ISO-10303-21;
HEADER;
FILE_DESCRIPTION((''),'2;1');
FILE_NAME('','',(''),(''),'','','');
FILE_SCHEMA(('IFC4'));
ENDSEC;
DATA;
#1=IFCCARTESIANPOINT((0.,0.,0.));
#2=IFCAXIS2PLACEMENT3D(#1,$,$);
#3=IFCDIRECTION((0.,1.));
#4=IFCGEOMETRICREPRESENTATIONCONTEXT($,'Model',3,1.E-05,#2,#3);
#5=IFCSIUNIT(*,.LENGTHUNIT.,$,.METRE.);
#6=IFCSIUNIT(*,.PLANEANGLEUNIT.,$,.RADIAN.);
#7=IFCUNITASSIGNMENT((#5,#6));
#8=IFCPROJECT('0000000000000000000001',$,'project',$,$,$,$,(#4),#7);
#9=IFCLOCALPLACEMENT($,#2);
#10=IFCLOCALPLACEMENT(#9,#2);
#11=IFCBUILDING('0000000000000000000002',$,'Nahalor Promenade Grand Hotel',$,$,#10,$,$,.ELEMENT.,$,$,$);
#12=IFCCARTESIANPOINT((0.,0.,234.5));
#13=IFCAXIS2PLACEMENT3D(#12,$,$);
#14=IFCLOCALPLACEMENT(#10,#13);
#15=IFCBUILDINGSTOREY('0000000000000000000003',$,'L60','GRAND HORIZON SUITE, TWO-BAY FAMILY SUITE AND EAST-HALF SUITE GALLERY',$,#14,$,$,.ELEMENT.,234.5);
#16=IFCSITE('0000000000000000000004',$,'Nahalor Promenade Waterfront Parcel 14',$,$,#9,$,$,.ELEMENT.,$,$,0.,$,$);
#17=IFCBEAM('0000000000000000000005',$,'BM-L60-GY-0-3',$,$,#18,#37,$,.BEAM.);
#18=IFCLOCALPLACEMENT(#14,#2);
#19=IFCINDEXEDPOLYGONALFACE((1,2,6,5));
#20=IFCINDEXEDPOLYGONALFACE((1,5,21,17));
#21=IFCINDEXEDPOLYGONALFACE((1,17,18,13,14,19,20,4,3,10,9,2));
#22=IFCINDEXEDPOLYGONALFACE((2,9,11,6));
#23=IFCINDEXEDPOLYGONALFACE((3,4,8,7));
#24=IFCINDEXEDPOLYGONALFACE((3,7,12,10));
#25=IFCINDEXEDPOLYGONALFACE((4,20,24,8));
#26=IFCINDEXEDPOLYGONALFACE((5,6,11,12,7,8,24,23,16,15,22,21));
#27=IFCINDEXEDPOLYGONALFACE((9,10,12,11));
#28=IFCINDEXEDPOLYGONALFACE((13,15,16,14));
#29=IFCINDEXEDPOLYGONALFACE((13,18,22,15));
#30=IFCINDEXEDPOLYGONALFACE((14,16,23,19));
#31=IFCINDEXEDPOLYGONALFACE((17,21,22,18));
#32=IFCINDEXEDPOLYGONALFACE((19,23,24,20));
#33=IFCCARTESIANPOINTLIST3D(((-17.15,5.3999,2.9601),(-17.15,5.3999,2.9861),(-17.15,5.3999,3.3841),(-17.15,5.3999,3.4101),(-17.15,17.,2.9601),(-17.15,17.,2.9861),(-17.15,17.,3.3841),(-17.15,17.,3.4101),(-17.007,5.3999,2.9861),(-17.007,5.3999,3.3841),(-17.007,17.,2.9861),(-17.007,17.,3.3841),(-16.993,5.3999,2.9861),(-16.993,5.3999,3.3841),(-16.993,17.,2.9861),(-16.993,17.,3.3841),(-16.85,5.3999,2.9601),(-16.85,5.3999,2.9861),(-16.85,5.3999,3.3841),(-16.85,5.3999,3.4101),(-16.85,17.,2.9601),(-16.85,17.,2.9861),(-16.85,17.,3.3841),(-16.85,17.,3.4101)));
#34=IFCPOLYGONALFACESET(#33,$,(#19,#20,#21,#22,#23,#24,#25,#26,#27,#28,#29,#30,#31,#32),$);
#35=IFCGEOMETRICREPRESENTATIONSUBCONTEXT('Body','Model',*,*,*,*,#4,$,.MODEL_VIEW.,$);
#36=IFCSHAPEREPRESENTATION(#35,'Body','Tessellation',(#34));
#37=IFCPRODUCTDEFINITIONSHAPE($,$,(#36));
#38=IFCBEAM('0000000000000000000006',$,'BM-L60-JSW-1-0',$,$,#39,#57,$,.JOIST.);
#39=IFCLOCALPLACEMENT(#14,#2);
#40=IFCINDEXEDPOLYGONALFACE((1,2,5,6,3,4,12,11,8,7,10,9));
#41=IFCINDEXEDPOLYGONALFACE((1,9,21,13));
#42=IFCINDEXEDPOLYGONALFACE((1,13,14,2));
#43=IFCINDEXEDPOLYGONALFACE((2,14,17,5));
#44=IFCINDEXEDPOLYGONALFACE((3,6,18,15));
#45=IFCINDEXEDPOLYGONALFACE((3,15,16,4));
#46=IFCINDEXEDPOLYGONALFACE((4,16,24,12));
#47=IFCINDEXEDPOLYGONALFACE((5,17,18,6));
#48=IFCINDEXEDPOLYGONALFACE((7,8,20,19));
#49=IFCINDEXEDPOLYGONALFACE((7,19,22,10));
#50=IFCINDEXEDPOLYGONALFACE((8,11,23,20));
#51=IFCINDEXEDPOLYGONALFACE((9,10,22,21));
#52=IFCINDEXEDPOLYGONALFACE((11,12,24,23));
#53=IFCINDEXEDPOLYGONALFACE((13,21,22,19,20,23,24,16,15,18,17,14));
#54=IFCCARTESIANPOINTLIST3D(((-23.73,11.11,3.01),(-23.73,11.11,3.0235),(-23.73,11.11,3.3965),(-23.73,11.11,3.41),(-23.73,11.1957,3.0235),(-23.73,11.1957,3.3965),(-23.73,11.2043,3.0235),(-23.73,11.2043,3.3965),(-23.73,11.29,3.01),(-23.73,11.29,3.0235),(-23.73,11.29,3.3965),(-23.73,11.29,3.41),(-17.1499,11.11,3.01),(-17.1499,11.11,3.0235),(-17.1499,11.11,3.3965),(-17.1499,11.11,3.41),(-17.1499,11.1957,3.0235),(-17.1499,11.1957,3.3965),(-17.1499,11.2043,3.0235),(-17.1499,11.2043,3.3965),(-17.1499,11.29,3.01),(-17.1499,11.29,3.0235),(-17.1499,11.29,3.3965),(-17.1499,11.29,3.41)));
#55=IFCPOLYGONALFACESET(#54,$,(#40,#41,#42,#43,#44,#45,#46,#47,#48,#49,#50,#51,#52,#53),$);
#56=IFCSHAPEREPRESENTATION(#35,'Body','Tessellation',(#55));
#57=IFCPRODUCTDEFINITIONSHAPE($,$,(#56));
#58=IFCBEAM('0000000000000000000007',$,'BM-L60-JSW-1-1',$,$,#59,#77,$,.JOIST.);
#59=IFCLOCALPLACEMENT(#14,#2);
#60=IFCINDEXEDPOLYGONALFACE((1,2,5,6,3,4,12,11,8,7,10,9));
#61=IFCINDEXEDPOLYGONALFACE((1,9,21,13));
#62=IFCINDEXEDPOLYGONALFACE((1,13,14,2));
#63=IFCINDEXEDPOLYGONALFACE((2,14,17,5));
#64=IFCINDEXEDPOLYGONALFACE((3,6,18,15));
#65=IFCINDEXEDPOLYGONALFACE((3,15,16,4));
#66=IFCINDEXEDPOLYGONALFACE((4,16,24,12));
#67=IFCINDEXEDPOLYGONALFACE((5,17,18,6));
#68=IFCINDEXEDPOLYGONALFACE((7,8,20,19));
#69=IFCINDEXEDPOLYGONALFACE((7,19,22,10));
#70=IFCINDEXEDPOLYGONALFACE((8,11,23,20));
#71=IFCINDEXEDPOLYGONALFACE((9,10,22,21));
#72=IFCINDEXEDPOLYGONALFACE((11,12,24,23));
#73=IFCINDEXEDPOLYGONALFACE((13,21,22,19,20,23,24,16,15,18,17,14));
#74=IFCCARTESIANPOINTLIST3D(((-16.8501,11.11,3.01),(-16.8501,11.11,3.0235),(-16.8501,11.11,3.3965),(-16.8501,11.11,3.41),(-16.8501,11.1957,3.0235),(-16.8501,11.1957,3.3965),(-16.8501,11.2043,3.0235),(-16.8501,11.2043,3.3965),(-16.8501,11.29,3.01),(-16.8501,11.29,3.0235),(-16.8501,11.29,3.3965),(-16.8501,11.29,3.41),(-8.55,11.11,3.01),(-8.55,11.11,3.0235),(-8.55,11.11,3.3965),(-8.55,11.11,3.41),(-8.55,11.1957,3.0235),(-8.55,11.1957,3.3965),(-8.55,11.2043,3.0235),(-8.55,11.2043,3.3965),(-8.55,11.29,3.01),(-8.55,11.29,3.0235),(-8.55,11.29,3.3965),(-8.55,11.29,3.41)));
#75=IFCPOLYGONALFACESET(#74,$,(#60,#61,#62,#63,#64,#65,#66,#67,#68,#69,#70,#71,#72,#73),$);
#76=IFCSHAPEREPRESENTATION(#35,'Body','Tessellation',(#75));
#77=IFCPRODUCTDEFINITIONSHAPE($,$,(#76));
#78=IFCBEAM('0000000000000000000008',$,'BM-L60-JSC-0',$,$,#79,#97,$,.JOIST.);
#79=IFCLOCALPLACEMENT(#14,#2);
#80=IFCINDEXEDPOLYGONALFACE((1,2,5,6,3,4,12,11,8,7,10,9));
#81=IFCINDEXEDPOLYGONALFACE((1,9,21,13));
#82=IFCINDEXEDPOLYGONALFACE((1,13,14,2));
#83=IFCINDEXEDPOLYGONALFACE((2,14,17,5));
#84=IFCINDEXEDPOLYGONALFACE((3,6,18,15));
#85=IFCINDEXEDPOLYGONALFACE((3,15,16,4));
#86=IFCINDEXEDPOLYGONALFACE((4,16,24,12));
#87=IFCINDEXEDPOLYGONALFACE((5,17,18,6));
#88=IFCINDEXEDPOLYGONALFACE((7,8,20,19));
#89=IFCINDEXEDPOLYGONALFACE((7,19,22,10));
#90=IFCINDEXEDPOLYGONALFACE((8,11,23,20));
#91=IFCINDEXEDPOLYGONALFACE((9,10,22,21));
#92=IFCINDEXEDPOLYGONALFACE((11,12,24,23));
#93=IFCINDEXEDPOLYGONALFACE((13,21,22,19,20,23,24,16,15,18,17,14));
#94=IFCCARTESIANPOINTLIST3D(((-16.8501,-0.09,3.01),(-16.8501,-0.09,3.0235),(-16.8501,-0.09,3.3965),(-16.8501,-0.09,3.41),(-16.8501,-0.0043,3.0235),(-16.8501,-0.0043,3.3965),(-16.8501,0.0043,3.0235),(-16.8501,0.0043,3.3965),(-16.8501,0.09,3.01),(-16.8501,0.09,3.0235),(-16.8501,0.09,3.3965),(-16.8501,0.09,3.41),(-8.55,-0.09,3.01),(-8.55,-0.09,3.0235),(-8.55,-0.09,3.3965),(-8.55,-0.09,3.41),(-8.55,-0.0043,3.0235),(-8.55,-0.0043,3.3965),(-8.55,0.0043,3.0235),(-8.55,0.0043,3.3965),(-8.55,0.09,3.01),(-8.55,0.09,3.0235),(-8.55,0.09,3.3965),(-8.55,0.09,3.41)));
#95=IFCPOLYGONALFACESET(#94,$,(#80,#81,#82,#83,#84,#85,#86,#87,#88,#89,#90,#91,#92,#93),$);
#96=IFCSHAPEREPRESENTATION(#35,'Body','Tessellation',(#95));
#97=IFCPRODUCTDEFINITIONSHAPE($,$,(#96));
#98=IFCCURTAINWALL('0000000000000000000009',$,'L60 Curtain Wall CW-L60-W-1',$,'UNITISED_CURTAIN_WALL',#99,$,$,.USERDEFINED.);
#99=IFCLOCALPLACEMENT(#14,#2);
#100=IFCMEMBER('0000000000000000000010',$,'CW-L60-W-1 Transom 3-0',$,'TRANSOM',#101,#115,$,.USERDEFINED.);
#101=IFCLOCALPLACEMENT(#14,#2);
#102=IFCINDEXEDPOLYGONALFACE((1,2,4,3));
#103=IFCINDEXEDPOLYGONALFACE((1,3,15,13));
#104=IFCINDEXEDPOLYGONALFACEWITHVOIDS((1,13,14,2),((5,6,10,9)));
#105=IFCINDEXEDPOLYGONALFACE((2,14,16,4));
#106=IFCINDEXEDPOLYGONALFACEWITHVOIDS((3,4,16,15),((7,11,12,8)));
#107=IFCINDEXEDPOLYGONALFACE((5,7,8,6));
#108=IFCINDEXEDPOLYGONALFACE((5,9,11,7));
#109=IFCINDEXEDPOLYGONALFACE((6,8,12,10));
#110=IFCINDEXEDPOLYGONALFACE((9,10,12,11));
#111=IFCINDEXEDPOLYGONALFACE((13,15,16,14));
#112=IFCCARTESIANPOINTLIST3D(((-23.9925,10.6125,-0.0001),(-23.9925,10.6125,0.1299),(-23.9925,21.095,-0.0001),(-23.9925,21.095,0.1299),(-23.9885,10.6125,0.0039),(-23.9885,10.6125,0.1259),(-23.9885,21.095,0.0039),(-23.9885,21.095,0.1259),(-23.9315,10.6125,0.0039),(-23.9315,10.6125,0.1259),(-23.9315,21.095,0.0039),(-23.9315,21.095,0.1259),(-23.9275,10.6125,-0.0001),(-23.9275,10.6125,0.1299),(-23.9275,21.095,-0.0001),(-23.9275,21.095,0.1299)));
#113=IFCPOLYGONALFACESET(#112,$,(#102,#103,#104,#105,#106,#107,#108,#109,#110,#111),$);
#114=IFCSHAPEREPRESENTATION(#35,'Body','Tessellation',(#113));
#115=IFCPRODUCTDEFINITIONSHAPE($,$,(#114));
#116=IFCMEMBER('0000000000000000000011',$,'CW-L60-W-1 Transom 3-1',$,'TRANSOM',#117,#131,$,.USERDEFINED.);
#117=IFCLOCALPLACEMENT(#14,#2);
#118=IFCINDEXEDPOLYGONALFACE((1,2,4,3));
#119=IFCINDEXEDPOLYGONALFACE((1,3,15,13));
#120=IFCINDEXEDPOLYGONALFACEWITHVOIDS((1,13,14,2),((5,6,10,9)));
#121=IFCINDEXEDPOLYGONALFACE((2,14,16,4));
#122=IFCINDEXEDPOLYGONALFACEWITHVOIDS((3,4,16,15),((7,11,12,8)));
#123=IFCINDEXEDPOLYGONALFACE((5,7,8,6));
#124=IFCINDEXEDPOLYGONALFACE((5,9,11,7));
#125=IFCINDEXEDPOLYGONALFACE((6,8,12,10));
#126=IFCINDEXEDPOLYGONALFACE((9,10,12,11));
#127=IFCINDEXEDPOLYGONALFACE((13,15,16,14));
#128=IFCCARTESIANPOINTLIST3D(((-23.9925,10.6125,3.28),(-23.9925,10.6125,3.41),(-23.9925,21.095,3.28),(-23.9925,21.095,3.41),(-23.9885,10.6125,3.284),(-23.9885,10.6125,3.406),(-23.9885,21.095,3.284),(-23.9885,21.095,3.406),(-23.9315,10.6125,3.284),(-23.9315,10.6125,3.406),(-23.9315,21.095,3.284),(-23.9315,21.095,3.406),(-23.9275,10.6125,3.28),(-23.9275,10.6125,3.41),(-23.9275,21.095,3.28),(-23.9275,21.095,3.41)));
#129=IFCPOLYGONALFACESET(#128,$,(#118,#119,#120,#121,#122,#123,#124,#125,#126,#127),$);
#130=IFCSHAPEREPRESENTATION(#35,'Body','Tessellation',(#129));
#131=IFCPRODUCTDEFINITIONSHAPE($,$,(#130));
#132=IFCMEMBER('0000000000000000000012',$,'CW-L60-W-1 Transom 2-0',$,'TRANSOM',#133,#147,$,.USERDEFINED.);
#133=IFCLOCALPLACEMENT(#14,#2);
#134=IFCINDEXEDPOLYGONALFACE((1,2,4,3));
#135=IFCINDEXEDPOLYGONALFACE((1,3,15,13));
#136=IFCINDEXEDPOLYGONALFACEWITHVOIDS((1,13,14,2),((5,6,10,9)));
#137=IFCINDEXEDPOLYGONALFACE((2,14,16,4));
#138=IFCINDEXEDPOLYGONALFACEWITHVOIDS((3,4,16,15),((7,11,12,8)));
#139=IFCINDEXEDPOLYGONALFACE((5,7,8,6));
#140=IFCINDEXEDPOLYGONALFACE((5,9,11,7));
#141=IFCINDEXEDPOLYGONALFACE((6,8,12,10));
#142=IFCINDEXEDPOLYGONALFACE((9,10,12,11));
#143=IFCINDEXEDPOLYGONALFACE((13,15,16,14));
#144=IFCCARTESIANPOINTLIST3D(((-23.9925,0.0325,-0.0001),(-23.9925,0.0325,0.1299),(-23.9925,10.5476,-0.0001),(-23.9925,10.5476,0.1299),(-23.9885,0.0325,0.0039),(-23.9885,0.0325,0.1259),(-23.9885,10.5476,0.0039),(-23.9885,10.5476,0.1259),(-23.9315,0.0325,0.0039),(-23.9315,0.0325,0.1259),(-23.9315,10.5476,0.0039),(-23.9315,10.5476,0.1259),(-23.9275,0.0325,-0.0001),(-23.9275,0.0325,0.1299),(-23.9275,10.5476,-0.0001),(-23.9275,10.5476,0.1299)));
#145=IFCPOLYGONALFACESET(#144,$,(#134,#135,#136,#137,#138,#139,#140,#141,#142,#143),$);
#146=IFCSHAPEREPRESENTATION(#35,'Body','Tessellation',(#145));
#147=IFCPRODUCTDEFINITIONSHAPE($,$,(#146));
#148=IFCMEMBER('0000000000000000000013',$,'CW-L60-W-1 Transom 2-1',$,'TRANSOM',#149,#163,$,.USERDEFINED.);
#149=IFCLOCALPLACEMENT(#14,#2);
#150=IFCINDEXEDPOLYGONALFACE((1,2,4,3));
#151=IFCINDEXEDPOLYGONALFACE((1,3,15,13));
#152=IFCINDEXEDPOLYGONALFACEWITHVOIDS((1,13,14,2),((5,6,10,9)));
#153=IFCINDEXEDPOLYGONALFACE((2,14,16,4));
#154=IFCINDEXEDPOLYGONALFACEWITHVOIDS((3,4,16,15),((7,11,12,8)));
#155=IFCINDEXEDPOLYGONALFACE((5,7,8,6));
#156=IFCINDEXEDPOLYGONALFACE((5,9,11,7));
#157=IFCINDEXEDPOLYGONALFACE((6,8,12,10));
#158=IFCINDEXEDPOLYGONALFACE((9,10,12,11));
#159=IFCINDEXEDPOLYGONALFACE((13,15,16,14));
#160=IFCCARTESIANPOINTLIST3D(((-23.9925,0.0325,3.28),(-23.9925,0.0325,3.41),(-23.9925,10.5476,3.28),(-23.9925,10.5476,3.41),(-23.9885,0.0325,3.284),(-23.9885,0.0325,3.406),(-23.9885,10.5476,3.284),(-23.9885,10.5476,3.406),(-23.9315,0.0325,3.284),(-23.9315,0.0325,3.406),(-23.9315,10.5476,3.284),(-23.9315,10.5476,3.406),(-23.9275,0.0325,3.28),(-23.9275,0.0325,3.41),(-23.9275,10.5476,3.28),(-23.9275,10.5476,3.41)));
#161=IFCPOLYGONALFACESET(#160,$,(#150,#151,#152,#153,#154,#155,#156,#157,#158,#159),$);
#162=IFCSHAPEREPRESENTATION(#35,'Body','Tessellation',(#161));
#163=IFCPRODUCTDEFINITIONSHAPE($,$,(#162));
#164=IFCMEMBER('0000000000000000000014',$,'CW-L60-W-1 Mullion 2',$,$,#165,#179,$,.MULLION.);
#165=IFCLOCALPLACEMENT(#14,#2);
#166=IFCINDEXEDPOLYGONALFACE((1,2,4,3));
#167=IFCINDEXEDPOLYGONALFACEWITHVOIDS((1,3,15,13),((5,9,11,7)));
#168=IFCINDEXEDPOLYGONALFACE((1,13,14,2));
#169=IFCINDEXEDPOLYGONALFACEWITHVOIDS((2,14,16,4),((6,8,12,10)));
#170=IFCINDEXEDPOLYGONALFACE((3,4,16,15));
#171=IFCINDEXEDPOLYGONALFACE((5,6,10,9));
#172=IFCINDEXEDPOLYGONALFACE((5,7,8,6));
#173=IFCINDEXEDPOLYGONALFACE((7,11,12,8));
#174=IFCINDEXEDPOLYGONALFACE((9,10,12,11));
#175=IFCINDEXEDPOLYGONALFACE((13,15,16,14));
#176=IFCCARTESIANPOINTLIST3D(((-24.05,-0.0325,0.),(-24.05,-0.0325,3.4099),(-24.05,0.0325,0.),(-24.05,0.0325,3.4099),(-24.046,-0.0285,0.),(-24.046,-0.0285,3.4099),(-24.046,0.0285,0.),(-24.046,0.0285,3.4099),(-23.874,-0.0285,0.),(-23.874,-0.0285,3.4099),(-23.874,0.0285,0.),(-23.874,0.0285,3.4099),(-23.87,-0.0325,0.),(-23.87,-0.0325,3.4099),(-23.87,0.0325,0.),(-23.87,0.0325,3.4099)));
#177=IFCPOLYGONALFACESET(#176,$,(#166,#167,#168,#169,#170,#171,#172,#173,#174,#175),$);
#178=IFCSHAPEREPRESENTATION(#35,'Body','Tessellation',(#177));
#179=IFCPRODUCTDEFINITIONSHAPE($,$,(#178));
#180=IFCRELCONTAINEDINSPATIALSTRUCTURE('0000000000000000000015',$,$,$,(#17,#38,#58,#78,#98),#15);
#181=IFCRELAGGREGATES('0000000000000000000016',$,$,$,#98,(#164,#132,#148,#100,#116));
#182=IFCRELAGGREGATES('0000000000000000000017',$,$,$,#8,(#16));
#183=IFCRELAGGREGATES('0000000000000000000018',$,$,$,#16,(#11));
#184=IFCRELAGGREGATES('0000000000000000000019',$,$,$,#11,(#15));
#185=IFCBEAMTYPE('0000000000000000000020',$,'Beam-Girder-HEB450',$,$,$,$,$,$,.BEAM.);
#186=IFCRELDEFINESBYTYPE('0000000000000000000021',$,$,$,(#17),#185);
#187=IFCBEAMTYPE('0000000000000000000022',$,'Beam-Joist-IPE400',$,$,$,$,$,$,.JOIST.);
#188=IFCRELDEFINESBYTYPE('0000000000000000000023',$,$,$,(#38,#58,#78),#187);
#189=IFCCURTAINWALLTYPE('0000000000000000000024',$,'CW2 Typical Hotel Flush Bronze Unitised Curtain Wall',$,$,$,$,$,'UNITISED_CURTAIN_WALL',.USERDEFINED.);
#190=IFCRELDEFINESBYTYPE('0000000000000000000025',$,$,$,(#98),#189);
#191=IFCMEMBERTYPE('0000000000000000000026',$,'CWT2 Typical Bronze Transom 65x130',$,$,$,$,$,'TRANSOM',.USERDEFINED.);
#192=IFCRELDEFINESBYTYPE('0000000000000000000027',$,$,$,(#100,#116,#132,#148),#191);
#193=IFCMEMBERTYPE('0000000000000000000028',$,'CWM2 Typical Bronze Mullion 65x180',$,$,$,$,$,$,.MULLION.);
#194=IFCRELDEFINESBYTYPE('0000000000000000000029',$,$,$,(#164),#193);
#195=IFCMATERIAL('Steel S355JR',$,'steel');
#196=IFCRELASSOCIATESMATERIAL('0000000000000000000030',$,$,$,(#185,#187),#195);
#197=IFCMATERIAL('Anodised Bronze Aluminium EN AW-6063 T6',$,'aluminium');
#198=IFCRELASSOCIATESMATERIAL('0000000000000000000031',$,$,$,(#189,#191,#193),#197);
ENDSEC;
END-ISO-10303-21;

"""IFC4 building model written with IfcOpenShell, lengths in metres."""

from ifc_helpers import new_model, si_unit, direction, frame, origin, origin_2d, place, context, subcontext, project, spatial, hollow_rectangle, i_section, extrude, source, transform, mapped, material, material_profile, profile_set, type_object, element, aggregate, save


model = new_model("IFC4")

# Units and contexts
model_context = context("Model", 3, precision=1e-05, world=origin(), true_north=direction((0.0, 1.0)))
body_context = subcontext(model_context, "Body", "Model", "MODEL_VIEW")
ifc_project = project(units=[si_unit("LENGTHUNIT", "METRE"), si_unit("PLANEANGLEUNIT", "RADIAN")], contexts=[model_context])

# Site, building, storey
site_placement = place(None, origin())
site = spatial("IfcSite", under=ifc_project, at=site_placement, Name="Nahalor Promenade Waterfront Parcel 14", CompositionType="ELEMENT", RefElevation=0.0)
building_placement = place(site_placement, origin())
building = spatial("IfcBuilding", under=site, at=building_placement, Name="Nahalor Promenade Grand Hotel", CompositionType="ELEMENT")
storey_placement = place(building_placement, frame((0.0, 0.0, 234.5)))
storey = spatial("IfcBuildingStorey", under=building, at=storey_placement, Name="L60", Description="GRAND HORIZON SUITE, TWO-BAY FAMILY SUITE AND EAST-HALF SUITE GALLERY", CompositionType="ELEMENT", Elevation=234.5)

# Shared definitions
ifc_material_1 = material(Name="Steel S355JR", Category="steel")

# Beams
ifc_material_profile_1 = material_profile(ifc_material_1, i_section(OverallWidth=0.3, OverallDepth=0.45, WebThickness=0.014, FlangeThickness=0.026, at=origin_2d()), Name="HEB 450")
ifc_profile_set_1 = profile_set([ifc_material_profile_1], Name="Steel S355JR")
beam_type_1 = type_object("IfcBeamType", Name="Beam-Girder-HEB450", PredefinedType="BEAM", material=ifc_profile_set_1)
shared_shape_1 = source(origin(), body_context, "Body", "SweptSolid", [
    extrude(i_section(OverallWidth=0.3, OverallDepth=0.45, WebThickness=0.014, FlangeThickness=0.026, at=origin_2d()), origin(), (0.0, 0.0, 1.0), 11.6001),
])
beam_1_placement = place(storey_placement, frame((-17.0, 5.3999, 3.1851), z_axis=(0.0, 1.0, 0.0), x_axis=(-1.0, 0.0, 0.0)))
element("IfcBeam", 1, at=beam_1_placement, inside=storey, type_object=beam_type_1, Name="BM-L60-GY-0-3", PredefinedType="BEAM", context=body_context, shape_type="MappedRepresentation", body=[
    mapped(shared_shape_1, transform((0.0, 0.0, 0.0), scale=1.0)),
])
ifc_material_profile_2 = material_profile(ifc_material_1, i_section(OverallWidth=0.18, OverallDepth=0.4, WebThickness=0.0086, FlangeThickness=0.0135, at=origin_2d()), Name="IPE 400")
ifc_profile_set_2 = profile_set([ifc_material_profile_2], Name="Steel S355JR")
beam_type_2 = type_object("IfcBeamType", Name="Beam-Joist-IPE400", PredefinedType="JOIST", material=ifc_profile_set_2)
shared_shape_2 = source(origin(), body_context, "Body", "SweptSolid", [
    extrude(i_section(OverallWidth=0.18, OverallDepth=0.4, WebThickness=0.0086, FlangeThickness=0.0135, at=origin_2d()), origin(), (0.0, 0.0, 1.0), 6.5801),
])
beam_2_placement = place(storey_placement, frame((-23.73, 11.2, 3.21), z_axis=(1.0, 0.0, 0.0), x_axis=(0.0, 1.0, 0.0)))
element("IfcBeam", 2, at=beam_2_placement, inside=storey, type_object=beam_type_2, Name="BM-L60-JSW-1-0", PredefinedType="JOIST", context=body_context, shape_type="MappedRepresentation", body=[
    mapped(shared_shape_2, transform((0.0, 0.0, 0.0), scale=1.0)),
])
shared_shape_3 = source(origin(), body_context, "Body", "SweptSolid", [
    extrude(i_section(OverallWidth=0.18, OverallDepth=0.4, WebThickness=0.0086, FlangeThickness=0.0135, at=origin_2d()), origin(), (0.0, 0.0, 1.0), 8.3),
])
for number, where, z_axis, x_axis, name in (
    (3, (-16.8501, 11.2, 3.21), (1.0, 0.0, 0.0), (0.0, 1.0, 0.0), "BM-L60-JSW-1-1"),
    (4, (-16.8501, 0.0, 3.21), (1.0, 0.0, 0.0), (0.0, 1.0, 0.0), "BM-L60-JSC-0"),
):
    element("IfcBeam", number, at=place(storey_placement, frame(where, z_axis=z_axis, x_axis=x_axis)), inside=storey, type_object=beam_type_2, Name=name, PredefinedType="JOIST", context=body_context, shape_type="MappedRepresentation", body=[
        mapped(shared_shape_3, transform((0.0, 0.0, 0.0), scale=1.0)),
    ])

# Curtain wall, members
ifc_material_2 = material(Name="Anodised Bronze Aluminium EN AW-6063 T6", Category="aluminium")
curtain_wall_type = type_object("IfcCurtainWallType", Name="CW2 Typical Hotel Flush Bronze Unitised Curtain Wall", ElementType="UNITISED_CURTAIN_WALL", PredefinedType="USERDEFINED", material=ifc_material_2)
curtain_wall_placement = place(storey_placement, origin())
curtain_wall = element("IfcCurtainWall", 5, at=curtain_wall_placement, inside=storey, type_object=curtain_wall_type, Name="L60 Curtain Wall CW-L60-W-1", ObjectType="UNITISED_CURTAIN_WALL", PredefinedType="USERDEFINED")
ifc_material_profile_3 = material_profile(ifc_material_2, hollow_rectangle(XDim=0.065, YDim=0.13, WallThickness=0.004, at=origin_2d()), Name="CWT 65x130x4")
ifc_profile_set_3 = profile_set([ifc_material_profile_3], Name="Anodised Bronze Aluminium EN AW-6063 T6")
member_type_1 = type_object("IfcMemberType", Name="CWT2 Typical Bronze Transom 65x130", ElementType="TRANSOM", PredefinedType="USERDEFINED", material=ifc_profile_set_3)
shared_shape_4 = source(origin(), body_context, "Body", "SweptSolid", [
    extrude(hollow_rectangle(XDim=0.065, YDim=0.13, WallThickness=0.004, at=origin_2d()), origin(), (0.0, 0.0, 1.0), 10.4824),
])
member_1_placement = place(storey_placement, frame((-23.96, 10.6125, 0.0649), z_axis=(0.0, 1.0, 0.0), x_axis=(-1.0, 0.0, 0.0)))
member_1 = element("IfcMember", 6, at=member_1_placement, type_object=member_type_1, Name="CW-L60-W-1 Transom 3-0", ObjectType="TRANSOM", PredefinedType="USERDEFINED", context=body_context, shape_type="MappedRepresentation", body=[
    mapped(shared_shape_4, transform((0.0, 0.0, 0.0), scale=1.0)),
])
member_2_placement = place(storey_placement, frame((-23.96, 10.6125, 3.345), z_axis=(0.0, 1.0, 0.0), x_axis=(-1.0, 0.0, 0.0)))
member_2 = element("IfcMember", 7, at=member_2_placement, type_object=member_type_1, Name="CW-L60-W-1 Transom 3-1", ObjectType="TRANSOM", PredefinedType="USERDEFINED", context=body_context, shape_type="MappedRepresentation", body=[
    mapped(shared_shape_4, transform((0.0, 0.0, 0.0), scale=1.0)),
])
shared_shape_5 = source(origin(), body_context, "Body", "SweptSolid", [
    extrude(hollow_rectangle(XDim=0.065, YDim=0.13, WallThickness=0.004, at=origin_2d()), origin(), (0.0, 0.0, 1.0), 10.5151),
])
member_3_placement = place(storey_placement, frame((-23.96, 0.0325, 0.0649), z_axis=(0.0, 1.0, 0.0), x_axis=(-1.0, 0.0, 0.0)))
member_3 = element("IfcMember", 8, at=member_3_placement, type_object=member_type_1, Name="CW-L60-W-1 Transom 2-0", ObjectType="TRANSOM", PredefinedType="USERDEFINED", context=body_context, shape_type="MappedRepresentation", body=[
    mapped(shared_shape_5, transform((0.0, 0.0, 0.0), scale=1.0)),
])
member_4_placement = place(storey_placement, frame((-23.96, 0.0325, 3.345), z_axis=(0.0, 1.0, 0.0), x_axis=(-1.0, 0.0, 0.0)))
member_4 = element("IfcMember", 9, at=member_4_placement, type_object=member_type_1, Name="CW-L60-W-1 Transom 2-1", ObjectType="TRANSOM", PredefinedType="USERDEFINED", context=body_context, shape_type="MappedRepresentation", body=[
    mapped(shared_shape_5, transform((0.0, 0.0, 0.0), scale=1.0)),
])
ifc_material_profile_4 = material_profile(ifc_material_2, hollow_rectangle(XDim=0.065, YDim=0.18, WallThickness=0.004, at=origin_2d()), Name="CWM 65x180x4")
ifc_profile_set_4 = profile_set([ifc_material_profile_4], Name="Anodised Bronze Aluminium EN AW-6063 T6")
member_type_2 = type_object("IfcMemberType", Name="CWM2 Typical Bronze Mullion 65x180", PredefinedType="MULLION", material=ifc_profile_set_4)
shared_shape_6 = source(origin(), body_context, "Body", "SweptSolid", [
    extrude(hollow_rectangle(XDim=0.065, YDim=0.18, WallThickness=0.004, at=origin_2d()), origin(), (0.0, 0.0, 1.0), 3.4099),
])
member_5_placement = place(storey_placement, frame((-23.96, 0.0, 0.0), z_axis=(0.0, 0.0, 1.0), x_axis=(0.0, 1.0, 0.0)))
member_5 = element("IfcMember", 10, at=member_5_placement, type_object=member_type_2, Name="CW-L60-W-1 Mullion 2", PredefinedType="MULLION", context=body_context, shape_type="MappedRepresentation", body=[
    mapped(shared_shape_6, transform((0.0, 0.0, 0.0), scale=1.0)),
])
aggregate(curtain_wall, [member_5, member_3, member_4, member_1, member_2])

save(model, "model.ifc")
